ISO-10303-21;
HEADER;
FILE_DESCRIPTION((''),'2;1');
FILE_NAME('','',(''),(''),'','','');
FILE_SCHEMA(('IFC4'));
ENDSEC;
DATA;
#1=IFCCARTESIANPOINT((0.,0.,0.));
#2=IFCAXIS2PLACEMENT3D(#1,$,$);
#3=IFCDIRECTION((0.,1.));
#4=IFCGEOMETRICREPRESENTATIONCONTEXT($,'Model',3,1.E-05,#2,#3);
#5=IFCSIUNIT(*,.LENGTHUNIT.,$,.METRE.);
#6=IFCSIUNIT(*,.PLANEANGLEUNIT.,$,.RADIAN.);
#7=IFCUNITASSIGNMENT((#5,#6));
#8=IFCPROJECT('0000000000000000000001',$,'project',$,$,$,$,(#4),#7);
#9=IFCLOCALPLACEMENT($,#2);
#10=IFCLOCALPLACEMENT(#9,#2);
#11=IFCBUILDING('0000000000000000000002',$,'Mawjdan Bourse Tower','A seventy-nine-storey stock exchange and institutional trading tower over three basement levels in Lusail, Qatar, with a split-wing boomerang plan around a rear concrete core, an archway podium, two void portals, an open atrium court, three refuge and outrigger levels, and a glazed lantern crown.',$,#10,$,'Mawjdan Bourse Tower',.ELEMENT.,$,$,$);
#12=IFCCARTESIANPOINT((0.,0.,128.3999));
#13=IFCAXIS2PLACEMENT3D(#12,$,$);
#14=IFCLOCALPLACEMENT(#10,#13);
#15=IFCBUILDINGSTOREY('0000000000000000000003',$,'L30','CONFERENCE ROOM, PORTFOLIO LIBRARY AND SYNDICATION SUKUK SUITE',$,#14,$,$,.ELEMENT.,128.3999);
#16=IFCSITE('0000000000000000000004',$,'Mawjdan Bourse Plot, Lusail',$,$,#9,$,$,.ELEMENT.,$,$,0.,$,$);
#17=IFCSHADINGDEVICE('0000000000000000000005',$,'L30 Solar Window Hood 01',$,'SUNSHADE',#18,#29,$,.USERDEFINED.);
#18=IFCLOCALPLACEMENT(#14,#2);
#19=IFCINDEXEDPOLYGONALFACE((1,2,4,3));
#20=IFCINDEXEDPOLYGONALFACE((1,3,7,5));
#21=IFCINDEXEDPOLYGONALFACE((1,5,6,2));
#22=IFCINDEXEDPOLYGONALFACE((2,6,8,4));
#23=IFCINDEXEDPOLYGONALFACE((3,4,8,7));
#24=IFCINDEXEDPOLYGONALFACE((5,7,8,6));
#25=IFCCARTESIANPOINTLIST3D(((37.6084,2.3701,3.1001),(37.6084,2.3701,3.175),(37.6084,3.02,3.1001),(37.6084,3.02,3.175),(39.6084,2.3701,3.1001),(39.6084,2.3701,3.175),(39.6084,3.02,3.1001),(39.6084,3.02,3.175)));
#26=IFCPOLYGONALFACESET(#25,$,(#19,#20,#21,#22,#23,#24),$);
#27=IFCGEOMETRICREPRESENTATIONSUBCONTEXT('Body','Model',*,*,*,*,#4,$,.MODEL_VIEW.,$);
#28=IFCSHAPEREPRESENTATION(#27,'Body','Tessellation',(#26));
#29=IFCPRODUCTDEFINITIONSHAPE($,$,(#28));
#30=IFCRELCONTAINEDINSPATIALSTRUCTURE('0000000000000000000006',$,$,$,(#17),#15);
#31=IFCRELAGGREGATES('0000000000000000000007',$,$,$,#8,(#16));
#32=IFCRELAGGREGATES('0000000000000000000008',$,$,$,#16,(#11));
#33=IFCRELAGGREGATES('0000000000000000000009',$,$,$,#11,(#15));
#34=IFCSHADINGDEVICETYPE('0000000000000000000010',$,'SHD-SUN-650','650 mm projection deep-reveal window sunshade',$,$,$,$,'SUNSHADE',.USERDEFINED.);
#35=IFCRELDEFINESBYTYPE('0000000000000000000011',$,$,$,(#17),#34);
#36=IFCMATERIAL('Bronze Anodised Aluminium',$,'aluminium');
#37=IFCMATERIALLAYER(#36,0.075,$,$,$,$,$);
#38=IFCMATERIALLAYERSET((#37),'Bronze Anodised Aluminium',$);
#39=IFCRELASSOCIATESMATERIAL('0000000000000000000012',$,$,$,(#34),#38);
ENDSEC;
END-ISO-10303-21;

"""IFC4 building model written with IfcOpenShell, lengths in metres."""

from ifc_helpers import new_model, si_unit, direction, frame, origin, origin_2d, place, context, subcontext, project, spatial, rectangle, extrude, material, layer, layer_set, type_object, element, save


model = new_model("IFC4")

# Units and contexts
model_context = context("Model", 3, precision=1e-05, world=origin(), true_north=direction((0.0, 1.0)))
body_context = subcontext(model_context, "Body", "Model", "MODEL_VIEW")
ifc_project = project(units=[si_unit("LENGTHUNIT", "METRE"), si_unit("PLANEANGLEUNIT", "RADIAN")], contexts=[model_context])

# Site, building, storey
site_placement = place(None, origin())
site = spatial("IfcSite", under=ifc_project, at=site_placement, Name="Mawjdan Bourse Plot, Lusail", CompositionType="ELEMENT", RefElevation=0.0)
building_placement = place(site_placement, origin())
building = spatial("IfcBuilding", under=site, at=building_placement, Name="Mawjdan Bourse Tower", Description="A seventy-nine-storey stock exchange and institutional trading tower over three basement levels in Lusail, Qatar, with a split-wing boomerang plan around a rear concrete core, an archway podium, two void portals, an open atrium court, three refuge and outrigger levels, and a glazed lantern crown.", LongName="Mawjdan Bourse Tower", CompositionType="ELEMENT")
storey_placement = place(building_placement, frame((0.0, 0.0, 128.3999)))
storey = spatial("IfcBuildingStorey", under=building, at=storey_placement, Name="L30", Description="CONFERENCE ROOM, PORTFOLIO LIBRARY AND SYNDICATION SUKUK SUITE", CompositionType="ELEMENT", Elevation=128.3999)

# Shading device
ifc_material_1 = material(Name="Bronze Anodised Aluminium", Category="aluminium")
ifc_layer_1 = layer(ifc_material_1, 0.075)
ifc_layer_set_1 = layer_set([ifc_layer_1], Name="Bronze Anodised Aluminium")
shading_device_type = type_object("IfcShadingDeviceType", Name="SHD-SUN-650", Description="650 mm projection deep-reveal window sunshade", ElementType="SUNSHADE", PredefinedType="USERDEFINED", material=ifc_layer_set_1)
shading_device_placement = place(storey_placement, frame((38.6084, 2.6951, 3.1001), z_axis=(0.0, 0.0, 1.0), x_axis=(1.0, 0.0, 0.0)))
element("IfcShadingDevice", 1, at=shading_device_placement, inside=storey, type_object=shading_device_type, Name="L30 Solar Window Hood 01", ObjectType="SUNSHADE", PredefinedType="USERDEFINED", context=body_context, shape_type="SweptSolid", body=[
    extrude(rectangle(XDim=2.0, YDim=0.6499, at=origin_2d()), origin(), (0.0, 0.0, 1.0), 0.075),
])

save(model, "model.ifc")
